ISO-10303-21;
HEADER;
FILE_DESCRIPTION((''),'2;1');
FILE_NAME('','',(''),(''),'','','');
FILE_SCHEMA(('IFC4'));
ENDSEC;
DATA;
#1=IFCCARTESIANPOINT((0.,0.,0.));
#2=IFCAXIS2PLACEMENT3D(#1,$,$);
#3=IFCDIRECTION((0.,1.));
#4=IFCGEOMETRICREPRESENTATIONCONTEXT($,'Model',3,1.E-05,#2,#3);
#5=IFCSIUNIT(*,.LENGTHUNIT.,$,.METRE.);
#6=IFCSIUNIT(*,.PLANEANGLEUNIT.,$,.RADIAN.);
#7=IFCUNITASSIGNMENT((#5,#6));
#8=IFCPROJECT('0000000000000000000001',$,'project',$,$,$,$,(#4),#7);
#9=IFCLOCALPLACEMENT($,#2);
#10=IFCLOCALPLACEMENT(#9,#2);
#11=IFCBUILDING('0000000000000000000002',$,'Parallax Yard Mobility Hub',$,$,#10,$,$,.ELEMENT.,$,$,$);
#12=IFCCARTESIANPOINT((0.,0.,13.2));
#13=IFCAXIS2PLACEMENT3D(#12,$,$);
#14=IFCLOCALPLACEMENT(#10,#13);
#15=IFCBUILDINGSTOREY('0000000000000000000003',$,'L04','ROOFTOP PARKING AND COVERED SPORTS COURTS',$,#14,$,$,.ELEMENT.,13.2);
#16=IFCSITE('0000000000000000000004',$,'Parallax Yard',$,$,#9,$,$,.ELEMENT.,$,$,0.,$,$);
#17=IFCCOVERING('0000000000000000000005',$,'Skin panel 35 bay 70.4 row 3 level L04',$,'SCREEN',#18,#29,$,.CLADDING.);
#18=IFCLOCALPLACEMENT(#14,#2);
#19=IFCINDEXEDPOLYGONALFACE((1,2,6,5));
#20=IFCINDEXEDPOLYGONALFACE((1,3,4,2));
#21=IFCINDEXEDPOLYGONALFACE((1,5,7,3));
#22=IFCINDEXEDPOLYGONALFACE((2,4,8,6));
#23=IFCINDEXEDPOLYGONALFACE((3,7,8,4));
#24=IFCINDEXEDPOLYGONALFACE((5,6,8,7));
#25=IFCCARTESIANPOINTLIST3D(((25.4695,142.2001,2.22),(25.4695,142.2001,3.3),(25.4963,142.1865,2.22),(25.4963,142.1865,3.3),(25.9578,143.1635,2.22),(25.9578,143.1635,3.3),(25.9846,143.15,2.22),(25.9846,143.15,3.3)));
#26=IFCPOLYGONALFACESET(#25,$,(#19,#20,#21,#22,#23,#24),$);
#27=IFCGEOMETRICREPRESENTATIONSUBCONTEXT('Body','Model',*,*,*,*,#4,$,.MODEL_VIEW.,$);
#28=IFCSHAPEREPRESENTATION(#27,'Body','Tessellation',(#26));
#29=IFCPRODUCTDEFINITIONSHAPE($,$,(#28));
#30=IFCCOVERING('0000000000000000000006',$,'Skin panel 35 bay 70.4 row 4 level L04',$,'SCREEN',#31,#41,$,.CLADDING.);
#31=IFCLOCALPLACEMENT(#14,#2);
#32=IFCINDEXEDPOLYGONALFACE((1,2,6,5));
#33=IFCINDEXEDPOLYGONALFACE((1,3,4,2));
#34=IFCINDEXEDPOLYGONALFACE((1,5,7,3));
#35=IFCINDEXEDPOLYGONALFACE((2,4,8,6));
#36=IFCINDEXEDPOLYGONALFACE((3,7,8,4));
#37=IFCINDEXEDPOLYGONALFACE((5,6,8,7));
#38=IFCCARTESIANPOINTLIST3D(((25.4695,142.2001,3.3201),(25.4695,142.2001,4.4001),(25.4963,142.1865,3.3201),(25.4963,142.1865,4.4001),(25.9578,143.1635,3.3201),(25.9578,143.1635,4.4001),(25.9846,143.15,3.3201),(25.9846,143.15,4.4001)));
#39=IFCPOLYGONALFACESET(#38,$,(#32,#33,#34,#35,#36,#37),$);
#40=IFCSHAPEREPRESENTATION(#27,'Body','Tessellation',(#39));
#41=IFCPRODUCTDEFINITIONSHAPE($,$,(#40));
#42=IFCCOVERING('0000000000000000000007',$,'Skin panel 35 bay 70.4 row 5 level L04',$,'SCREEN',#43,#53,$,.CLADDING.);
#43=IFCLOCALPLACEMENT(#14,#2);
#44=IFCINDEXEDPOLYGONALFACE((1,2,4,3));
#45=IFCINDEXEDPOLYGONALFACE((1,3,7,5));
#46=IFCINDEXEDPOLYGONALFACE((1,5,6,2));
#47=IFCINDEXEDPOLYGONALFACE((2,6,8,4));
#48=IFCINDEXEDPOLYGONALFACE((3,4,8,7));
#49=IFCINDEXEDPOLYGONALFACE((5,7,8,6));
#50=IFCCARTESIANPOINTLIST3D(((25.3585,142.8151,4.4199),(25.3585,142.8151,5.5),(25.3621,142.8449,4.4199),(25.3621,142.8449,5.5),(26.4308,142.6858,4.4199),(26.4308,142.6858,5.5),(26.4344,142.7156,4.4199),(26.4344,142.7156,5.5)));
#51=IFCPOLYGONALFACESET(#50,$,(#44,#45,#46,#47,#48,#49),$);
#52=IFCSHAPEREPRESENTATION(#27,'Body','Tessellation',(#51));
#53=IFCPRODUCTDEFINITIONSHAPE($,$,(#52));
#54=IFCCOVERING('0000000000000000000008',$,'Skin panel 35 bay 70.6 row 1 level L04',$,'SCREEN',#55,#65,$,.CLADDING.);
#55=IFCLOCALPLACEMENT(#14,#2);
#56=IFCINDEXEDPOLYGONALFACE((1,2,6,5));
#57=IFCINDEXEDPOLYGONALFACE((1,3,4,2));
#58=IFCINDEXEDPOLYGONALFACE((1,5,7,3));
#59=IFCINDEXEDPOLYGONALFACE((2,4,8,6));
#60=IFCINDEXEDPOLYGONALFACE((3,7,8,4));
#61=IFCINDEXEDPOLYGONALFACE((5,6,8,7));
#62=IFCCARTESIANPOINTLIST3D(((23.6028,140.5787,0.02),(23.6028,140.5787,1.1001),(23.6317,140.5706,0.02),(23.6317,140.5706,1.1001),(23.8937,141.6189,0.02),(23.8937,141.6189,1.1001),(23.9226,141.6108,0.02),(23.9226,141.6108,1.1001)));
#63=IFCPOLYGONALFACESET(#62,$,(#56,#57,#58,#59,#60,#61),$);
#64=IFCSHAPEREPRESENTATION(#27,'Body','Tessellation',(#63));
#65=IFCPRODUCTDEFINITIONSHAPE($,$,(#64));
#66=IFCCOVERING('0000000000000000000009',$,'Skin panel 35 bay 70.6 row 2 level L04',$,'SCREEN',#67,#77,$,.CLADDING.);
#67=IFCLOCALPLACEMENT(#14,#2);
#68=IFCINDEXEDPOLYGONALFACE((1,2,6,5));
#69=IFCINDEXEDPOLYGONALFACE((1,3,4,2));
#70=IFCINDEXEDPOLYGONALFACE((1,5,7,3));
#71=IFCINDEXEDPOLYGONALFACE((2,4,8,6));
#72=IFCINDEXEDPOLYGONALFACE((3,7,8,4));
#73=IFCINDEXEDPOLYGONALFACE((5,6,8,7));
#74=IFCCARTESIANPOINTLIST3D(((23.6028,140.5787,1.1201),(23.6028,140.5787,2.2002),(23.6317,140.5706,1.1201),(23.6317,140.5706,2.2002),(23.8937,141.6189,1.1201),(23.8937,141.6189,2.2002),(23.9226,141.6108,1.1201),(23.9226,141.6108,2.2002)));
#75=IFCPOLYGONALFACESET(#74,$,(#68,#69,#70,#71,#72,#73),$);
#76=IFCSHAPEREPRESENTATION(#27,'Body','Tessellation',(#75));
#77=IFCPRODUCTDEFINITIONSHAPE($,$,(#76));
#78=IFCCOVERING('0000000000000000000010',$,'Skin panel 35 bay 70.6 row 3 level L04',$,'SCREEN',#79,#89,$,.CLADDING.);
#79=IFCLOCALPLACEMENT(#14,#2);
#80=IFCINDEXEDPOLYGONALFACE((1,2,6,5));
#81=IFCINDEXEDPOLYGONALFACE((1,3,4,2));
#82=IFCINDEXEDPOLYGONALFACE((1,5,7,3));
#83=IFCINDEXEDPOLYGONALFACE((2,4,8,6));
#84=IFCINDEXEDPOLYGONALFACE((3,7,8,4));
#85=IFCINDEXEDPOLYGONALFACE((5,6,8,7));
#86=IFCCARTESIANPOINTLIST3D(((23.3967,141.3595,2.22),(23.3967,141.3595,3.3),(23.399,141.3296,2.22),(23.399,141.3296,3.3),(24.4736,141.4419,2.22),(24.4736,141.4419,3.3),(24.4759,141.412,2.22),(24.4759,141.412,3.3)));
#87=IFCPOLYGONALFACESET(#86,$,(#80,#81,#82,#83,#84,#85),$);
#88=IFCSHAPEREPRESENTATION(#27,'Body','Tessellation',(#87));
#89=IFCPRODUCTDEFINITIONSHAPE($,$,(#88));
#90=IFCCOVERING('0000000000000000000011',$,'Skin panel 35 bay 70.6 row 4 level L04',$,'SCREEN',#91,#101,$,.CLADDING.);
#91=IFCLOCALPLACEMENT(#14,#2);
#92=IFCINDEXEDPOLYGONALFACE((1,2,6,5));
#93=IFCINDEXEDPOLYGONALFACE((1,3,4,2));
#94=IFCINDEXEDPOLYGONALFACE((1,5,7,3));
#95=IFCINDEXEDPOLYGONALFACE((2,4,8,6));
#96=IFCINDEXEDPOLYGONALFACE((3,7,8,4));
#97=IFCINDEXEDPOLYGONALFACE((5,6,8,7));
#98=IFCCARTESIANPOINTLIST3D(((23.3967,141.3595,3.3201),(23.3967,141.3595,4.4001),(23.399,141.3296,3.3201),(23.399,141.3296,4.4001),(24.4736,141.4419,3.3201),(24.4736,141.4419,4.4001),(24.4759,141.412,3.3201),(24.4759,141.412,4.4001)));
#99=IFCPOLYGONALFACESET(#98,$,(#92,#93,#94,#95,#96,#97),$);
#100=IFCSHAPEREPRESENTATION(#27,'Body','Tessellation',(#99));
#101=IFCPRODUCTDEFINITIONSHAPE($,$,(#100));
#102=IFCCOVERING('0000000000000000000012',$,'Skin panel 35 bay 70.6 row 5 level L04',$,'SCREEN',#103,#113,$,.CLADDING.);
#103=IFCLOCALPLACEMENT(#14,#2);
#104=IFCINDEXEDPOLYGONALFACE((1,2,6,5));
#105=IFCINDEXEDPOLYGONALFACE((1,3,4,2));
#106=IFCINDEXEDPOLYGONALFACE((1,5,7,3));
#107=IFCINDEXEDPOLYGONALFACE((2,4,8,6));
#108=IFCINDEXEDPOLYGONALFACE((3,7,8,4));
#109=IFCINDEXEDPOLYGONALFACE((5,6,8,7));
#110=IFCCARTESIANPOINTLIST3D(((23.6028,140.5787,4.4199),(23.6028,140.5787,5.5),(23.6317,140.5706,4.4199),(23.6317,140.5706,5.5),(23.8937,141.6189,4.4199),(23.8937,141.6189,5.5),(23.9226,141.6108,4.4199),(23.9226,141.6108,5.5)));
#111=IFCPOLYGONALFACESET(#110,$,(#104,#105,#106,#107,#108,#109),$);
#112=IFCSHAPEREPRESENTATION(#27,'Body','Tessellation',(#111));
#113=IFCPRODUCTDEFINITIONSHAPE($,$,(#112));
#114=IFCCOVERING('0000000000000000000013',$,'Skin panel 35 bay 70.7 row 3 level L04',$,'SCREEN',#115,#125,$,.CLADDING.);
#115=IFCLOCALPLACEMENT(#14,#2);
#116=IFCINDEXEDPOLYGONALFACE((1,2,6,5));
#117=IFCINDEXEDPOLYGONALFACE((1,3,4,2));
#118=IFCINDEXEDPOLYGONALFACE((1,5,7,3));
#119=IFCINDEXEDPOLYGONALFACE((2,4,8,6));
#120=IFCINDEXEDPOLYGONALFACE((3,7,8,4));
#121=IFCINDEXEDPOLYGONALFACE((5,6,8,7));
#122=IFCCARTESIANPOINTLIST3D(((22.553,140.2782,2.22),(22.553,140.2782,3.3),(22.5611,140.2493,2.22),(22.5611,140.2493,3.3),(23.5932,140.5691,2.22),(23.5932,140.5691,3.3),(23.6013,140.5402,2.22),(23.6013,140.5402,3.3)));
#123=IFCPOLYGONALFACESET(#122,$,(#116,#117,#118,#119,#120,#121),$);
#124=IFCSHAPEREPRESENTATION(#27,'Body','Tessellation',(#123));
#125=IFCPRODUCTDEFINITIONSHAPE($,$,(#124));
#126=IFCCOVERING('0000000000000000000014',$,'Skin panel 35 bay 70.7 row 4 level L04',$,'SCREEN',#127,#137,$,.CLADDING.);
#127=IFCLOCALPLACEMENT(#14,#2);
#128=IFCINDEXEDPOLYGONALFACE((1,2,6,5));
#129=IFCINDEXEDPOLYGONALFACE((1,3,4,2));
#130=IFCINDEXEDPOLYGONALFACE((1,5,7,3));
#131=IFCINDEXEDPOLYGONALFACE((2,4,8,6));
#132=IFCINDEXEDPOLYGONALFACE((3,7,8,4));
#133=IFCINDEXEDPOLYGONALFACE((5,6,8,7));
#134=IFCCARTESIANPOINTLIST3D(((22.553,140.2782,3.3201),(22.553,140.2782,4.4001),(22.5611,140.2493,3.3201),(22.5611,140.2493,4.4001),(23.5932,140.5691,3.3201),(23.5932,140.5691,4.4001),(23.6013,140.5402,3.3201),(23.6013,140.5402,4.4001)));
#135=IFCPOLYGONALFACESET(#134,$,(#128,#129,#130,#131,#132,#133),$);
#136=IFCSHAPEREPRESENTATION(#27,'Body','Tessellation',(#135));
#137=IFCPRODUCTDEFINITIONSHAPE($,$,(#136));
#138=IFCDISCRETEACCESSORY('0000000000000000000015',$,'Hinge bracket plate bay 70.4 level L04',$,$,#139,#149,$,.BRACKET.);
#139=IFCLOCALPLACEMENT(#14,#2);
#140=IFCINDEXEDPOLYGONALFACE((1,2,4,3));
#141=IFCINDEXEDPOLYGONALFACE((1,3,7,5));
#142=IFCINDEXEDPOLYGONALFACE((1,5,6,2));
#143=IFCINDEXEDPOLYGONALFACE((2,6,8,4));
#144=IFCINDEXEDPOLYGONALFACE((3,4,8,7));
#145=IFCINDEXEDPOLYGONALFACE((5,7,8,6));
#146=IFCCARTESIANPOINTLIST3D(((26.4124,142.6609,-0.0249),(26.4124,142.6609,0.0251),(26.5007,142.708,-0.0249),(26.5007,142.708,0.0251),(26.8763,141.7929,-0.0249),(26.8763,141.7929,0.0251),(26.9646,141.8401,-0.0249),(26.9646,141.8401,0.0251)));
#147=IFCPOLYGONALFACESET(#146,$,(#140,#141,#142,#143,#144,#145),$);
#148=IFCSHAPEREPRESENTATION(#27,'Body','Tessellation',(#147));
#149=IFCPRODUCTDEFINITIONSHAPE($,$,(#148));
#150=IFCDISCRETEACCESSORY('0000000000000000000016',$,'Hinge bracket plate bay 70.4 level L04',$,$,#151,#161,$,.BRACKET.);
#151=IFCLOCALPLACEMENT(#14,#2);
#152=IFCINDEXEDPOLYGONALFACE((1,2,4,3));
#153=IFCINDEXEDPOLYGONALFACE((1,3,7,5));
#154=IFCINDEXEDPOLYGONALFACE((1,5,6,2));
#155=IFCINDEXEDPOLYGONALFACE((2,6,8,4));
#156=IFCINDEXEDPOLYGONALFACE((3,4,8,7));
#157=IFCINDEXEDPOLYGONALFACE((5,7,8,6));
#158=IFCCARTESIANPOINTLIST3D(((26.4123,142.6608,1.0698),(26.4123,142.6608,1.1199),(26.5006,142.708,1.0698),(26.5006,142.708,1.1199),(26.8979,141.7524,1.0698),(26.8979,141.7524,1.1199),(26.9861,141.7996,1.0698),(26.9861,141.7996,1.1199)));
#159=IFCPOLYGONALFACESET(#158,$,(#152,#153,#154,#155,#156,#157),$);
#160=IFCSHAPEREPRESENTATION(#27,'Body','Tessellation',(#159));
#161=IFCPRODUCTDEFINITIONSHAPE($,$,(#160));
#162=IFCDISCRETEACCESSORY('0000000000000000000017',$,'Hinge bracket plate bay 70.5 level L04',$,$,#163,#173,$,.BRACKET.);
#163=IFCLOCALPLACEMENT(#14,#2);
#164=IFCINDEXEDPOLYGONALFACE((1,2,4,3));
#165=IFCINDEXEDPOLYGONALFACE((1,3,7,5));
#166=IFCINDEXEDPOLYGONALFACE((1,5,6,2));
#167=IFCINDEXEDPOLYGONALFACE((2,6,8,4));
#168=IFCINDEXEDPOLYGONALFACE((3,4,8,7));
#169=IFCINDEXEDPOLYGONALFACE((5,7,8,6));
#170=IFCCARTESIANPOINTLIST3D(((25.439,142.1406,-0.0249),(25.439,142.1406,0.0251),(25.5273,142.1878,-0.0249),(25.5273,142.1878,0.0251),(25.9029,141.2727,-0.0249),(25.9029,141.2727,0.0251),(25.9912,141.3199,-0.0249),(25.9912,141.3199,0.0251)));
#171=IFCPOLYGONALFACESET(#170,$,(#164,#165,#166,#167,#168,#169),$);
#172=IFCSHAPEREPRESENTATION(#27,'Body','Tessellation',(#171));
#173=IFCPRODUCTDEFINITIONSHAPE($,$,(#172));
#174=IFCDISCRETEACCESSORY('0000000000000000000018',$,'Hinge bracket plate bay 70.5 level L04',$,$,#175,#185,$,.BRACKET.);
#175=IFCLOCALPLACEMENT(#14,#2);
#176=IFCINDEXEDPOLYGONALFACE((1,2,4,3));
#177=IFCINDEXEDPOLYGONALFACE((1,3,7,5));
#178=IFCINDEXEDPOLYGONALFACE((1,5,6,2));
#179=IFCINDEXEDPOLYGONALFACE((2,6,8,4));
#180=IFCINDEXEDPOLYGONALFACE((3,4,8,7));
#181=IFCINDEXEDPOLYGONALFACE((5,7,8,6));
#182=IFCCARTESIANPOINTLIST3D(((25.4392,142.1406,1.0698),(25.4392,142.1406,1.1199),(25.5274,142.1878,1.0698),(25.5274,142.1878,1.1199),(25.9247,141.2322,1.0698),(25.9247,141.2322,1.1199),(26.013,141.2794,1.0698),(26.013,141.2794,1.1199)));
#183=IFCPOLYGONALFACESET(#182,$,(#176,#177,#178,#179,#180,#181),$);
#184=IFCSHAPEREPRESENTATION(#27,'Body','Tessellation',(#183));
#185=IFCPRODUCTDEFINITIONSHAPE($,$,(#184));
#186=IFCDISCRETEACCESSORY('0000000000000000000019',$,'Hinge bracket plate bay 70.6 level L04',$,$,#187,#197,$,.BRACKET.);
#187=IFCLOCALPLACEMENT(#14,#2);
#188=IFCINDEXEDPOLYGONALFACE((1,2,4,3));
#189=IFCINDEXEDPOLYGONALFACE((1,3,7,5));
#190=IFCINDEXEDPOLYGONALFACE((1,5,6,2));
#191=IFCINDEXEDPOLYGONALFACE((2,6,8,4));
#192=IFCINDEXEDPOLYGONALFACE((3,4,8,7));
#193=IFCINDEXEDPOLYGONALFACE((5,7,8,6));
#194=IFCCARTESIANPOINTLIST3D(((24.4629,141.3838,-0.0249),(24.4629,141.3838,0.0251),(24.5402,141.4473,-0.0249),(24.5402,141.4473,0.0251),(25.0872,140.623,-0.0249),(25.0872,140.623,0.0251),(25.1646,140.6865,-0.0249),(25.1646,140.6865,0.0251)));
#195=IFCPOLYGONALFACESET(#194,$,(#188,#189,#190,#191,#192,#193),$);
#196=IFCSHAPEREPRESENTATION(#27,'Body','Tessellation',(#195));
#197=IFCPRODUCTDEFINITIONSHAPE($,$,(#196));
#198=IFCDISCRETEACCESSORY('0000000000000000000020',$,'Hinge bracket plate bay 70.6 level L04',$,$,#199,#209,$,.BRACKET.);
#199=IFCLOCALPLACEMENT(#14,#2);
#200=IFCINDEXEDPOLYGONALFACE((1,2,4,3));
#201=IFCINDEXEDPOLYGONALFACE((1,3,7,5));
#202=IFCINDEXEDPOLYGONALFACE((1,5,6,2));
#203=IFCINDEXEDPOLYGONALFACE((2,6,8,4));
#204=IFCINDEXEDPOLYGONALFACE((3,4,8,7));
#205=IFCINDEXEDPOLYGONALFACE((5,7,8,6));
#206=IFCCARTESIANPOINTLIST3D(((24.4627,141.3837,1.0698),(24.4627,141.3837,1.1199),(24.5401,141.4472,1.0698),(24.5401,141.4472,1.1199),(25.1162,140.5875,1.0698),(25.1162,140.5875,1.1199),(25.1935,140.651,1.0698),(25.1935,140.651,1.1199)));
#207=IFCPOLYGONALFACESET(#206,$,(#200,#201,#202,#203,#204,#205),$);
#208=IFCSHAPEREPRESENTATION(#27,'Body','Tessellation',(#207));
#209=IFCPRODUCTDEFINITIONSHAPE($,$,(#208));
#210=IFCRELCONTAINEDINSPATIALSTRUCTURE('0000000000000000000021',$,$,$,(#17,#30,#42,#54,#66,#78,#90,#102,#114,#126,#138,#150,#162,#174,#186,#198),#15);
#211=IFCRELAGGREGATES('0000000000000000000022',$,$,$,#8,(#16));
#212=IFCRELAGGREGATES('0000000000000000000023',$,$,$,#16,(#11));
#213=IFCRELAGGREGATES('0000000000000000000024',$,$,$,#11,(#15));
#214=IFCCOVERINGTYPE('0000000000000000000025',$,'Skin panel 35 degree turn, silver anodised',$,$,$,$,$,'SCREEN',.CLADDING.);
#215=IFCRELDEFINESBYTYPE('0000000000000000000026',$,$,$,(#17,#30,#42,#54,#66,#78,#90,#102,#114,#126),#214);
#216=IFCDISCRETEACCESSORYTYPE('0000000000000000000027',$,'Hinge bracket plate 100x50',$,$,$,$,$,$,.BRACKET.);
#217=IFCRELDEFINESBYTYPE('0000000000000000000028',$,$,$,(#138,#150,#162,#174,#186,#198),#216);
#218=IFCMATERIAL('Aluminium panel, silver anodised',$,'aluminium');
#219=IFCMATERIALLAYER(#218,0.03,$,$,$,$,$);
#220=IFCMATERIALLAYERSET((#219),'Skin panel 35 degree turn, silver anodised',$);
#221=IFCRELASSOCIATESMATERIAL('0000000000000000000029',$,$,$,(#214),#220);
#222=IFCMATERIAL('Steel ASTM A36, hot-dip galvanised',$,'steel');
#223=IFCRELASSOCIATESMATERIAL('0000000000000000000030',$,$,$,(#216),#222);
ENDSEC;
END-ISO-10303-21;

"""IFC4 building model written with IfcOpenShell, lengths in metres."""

from ifc_helpers import new_model, si_unit, direction, frame, origin, origin_2d, place, context, subcontext, project, spatial, rectangle, extrude, material, layer, layer_set, type_object, element, save


model = new_model("IFC4")

# Units and contexts
model_context = context("Model", 3, precision=1e-05, world=origin(), true_north=direction((0.0, 1.0)))
body_context = subcontext(model_context, "Body", "Model", "MODEL_VIEW")
ifc_project = project(units=[si_unit("LENGTHUNIT", "METRE"), si_unit("PLANEANGLEUNIT", "RADIAN")], contexts=[model_context])

# Site, building, storey
site_placement = place(None, origin())
site = spatial("IfcSite", under=ifc_project, at=site_placement, Name="Parallax Yard", CompositionType="ELEMENT", RefElevation=0.0)
building_placement = place(site_placement, origin())
building = spatial("IfcBuilding", under=site, at=building_placement, Name="Parallax Yard Mobility Hub", CompositionType="ELEMENT")
storey_placement = place(building_placement, frame((0.0, 0.0, 13.2)))
storey = spatial("IfcBuildingStorey", under=building, at=storey_placement, Name="L04", Description="ROOFTOP PARKING AND COVERED SPORTS COURTS", CompositionType="ELEMENT", Elevation=13.2)

# Coverings
ifc_material_1 = material(Name="Aluminium panel, silver anodised", Category="aluminium")
ifc_layer_1 = layer(ifc_material_1, 0.03)
ifc_layer_set_1 = layer_set([ifc_layer_1], Name="Skin panel 35 degree turn, silver anodised")
covering_type_1 = type_object("IfcCoveringType", Name="Skin panel 35 degree turn, silver anodised", ElementType="SCREEN", PredefinedType="CLADDING", material=ifc_layer_set_1)
for number, where, z_axis, x_axis, name in (
    (1, (25.7271, 142.675, 2.22), (0.0, 0.0, 1.0), (0.452046, 0.891995, 0.0), "Skin panel 35 bay 70.4 row 3 level L04"),
    (2, (25.7271, 142.675, 3.3201), (0.0, 0.0, 1.0), (0.452046, 0.891995, 0.0), "Skin panel 35 bay 70.4 row 4 level L04"),
    (3, (25.8965, 142.7654, 4.4199), (0.0, 0.0, 1.0), (-0.99281, 0.119704, 0.0), "Skin panel 35 bay 70.4 row 5 level L04"),
    (4, (23.7627, 141.0947, 0.02), (0.0, 0.0, 1.0), (0.26934, 0.963045, 0.0), "Skin panel 35 bay 70.6 row 1 level L04"),
    (5, (23.7627, 141.0947, 1.1201), (0.0, 0.0, 1.0), (0.26934, 0.963045, 0.0), "Skin panel 35 bay 70.6 row 2 level L04"),
    (6, (23.9363, 141.3857, 2.22), (0.0, 0.0, 1.0), (-0.997086, -0.076284, 0.0), "Skin panel 35 bay 70.6 row 3 level L04"),
    (7, (23.9363, 141.3857, 3.3201), (0.0, 0.0, 1.0), (-0.997086, -0.076284, 0.0), "Skin panel 35 bay 70.6 row 4 level L04"),
    (8, (23.7627, 141.0947, 4.4199), (0.0, 0.0, 1.0), (0.26934, 0.963045, 0.0), "Skin panel 35 bay 70.6 row 5 level L04"),
    (9, (23.0771, 140.4092, 2.22), (0.0, 0.0, 1.0), (-0.963045, -0.26934, 0.0), "Skin panel 35 bay 70.7 row 3 level L04"),
    (10, (23.0771, 140.4092, 3.3201), (0.0, 0.0, 1.0), (-0.963045, -0.26934, 0.0), "Skin panel 35 bay 70.7 row 4 level L04"),
):
    element("IfcCovering", number, at=place(storey_placement, frame(where, z_axis=z_axis, x_axis=x_axis)), inside=storey, type_object=covering_type_1, Name=name, ObjectType="SCREEN", PredefinedType="CLADDING", context=body_context, shape_type="SweptSolid", body=[
        extrude(rectangle(XDim=1.0801, YDim=0.03, at=origin_2d()), origin(), (0.0, 0.0, 1.0), 1.0801),
    ])

# Discrete accessories
ifc_material_2 = material(Name="Steel ASTM A36, hot-dip galvanised", Category="steel")
discrete_accessory_type_1 = type_object("IfcDiscreteAccessoryType", Name="Hinge bracket plate 100x50", PredefinedType="BRACKET", material=ifc_material_2)
discrete_accessory_1_placement = place(storey_placement, frame((26.6885, 142.2505, -0.0249), z_axis=(0.0, 0.0, 1.0), x_axis=(-0.471397, 0.881921, 0.0)))
element("IfcDiscreteAccessory", 11, at=discrete_accessory_1_placement, inside=storey, type_object=discrete_accessory_type_1, Name="Hinge bracket plate bay 70.4 level L04", PredefinedType="BRACKET", context=body_context, shape_type="SweptSolid", body=[
    extrude(rectangle(XDim=0.9841, YDim=0.1001, at=origin_2d()), origin(), (0.0, 0.0, 1.0), 0.05),
])
discrete_accessory_2_placement = place(storey_placement, frame((26.6992, 142.2302, 1.0698), z_axis=(0.0, 0.0, 1.0), x_axis=(-0.471397, 0.881921, 0.0)))
element("IfcDiscreteAccessory", 12, at=discrete_accessory_2_placement, inside=storey, type_object=discrete_accessory_type_1, Name="Hinge bracket plate bay 70.4 level L04", PredefinedType="BRACKET", context=body_context, shape_type="SweptSolid", body=[
    extrude(rectangle(XDim=1.03, YDim=0.1001, at=origin_2d()), origin(), (0.0, 0.0, 1.0), 0.05),
])
discrete_accessory_3_placement = place(storey_placement, frame((25.7151, 141.7302, -0.0249), z_axis=(0.0, 0.0, 1.0), x_axis=(-0.471397, 0.881921, 0.0)))
element("IfcDiscreteAccessory", 13, at=discrete_accessory_3_placement, inside=storey, type_object=discrete_accessory_type_1, Name="Hinge bracket plate bay 70.5 level L04", PredefinedType="BRACKET", context=body_context, shape_type="SweptSolid", body=[
    extrude(rectangle(XDim=0.9841, YDim=0.1001, at=origin_2d()), origin(), (0.0, 0.0, 1.0), 0.05),
])
discrete_accessory_4_placement = place(storey_placement, frame((25.7261, 141.71, 1.0698), z_axis=(0.0, 0.0, 1.0), x_axis=(-0.471397, 0.881921, 0.0)))
element("IfcDiscreteAccessory", 14, at=discrete_accessory_4_placement, inside=storey, type_object=discrete_accessory_type_1, Name="Hinge bracket plate bay 70.5 level L04", PredefinedType="BRACKET", context=body_context, shape_type="SweptSolid", body=[
    extrude(rectangle(XDim=1.03, YDim=0.1001, at=origin_2d()), origin(), (0.0, 0.0, 1.0), 0.05),
])
discrete_accessory_5_placement = place(storey_placement, frame((24.8137, 141.0352, -0.0249), z_axis=(0.0, 0.0, 1.0), x_axis=(-0.634393, 0.77301, 0.0)))
element("IfcDiscreteAccessory", 15, at=discrete_accessory_5_placement, inside=storey, type_object=discrete_accessory_type_1, Name="Hinge bracket plate bay 70.6 level L04", PredefinedType="BRACKET", context=body_context, shape_type="SweptSolid", body=[
    extrude(rectangle(XDim=0.9841, YDim=0.1001, at=origin_2d()), origin(), (0.0, 0.0, 1.0), 0.05),
])
discrete_accessory_6_placement = place(storey_placement, frame((24.8281, 141.0173, 1.0698), z_axis=(0.0, 0.0, 1.0), x_axis=(-0.634393, 0.77301, 0.0)))
element("IfcDiscreteAccessory", 16, at=discrete_accessory_6_placement, inside=storey, type_object=discrete_accessory_type_1, Name="Hinge bracket plate bay 70.6 level L04", PredefinedType="BRACKET", context=body_context, shape_type="SweptSolid", body=[
    extrude(rectangle(XDim=1.03, YDim=0.1001, at=origin_2d()), origin(), (0.0, 0.0, 1.0), 0.05),
])

save(model, "model.ifc")
